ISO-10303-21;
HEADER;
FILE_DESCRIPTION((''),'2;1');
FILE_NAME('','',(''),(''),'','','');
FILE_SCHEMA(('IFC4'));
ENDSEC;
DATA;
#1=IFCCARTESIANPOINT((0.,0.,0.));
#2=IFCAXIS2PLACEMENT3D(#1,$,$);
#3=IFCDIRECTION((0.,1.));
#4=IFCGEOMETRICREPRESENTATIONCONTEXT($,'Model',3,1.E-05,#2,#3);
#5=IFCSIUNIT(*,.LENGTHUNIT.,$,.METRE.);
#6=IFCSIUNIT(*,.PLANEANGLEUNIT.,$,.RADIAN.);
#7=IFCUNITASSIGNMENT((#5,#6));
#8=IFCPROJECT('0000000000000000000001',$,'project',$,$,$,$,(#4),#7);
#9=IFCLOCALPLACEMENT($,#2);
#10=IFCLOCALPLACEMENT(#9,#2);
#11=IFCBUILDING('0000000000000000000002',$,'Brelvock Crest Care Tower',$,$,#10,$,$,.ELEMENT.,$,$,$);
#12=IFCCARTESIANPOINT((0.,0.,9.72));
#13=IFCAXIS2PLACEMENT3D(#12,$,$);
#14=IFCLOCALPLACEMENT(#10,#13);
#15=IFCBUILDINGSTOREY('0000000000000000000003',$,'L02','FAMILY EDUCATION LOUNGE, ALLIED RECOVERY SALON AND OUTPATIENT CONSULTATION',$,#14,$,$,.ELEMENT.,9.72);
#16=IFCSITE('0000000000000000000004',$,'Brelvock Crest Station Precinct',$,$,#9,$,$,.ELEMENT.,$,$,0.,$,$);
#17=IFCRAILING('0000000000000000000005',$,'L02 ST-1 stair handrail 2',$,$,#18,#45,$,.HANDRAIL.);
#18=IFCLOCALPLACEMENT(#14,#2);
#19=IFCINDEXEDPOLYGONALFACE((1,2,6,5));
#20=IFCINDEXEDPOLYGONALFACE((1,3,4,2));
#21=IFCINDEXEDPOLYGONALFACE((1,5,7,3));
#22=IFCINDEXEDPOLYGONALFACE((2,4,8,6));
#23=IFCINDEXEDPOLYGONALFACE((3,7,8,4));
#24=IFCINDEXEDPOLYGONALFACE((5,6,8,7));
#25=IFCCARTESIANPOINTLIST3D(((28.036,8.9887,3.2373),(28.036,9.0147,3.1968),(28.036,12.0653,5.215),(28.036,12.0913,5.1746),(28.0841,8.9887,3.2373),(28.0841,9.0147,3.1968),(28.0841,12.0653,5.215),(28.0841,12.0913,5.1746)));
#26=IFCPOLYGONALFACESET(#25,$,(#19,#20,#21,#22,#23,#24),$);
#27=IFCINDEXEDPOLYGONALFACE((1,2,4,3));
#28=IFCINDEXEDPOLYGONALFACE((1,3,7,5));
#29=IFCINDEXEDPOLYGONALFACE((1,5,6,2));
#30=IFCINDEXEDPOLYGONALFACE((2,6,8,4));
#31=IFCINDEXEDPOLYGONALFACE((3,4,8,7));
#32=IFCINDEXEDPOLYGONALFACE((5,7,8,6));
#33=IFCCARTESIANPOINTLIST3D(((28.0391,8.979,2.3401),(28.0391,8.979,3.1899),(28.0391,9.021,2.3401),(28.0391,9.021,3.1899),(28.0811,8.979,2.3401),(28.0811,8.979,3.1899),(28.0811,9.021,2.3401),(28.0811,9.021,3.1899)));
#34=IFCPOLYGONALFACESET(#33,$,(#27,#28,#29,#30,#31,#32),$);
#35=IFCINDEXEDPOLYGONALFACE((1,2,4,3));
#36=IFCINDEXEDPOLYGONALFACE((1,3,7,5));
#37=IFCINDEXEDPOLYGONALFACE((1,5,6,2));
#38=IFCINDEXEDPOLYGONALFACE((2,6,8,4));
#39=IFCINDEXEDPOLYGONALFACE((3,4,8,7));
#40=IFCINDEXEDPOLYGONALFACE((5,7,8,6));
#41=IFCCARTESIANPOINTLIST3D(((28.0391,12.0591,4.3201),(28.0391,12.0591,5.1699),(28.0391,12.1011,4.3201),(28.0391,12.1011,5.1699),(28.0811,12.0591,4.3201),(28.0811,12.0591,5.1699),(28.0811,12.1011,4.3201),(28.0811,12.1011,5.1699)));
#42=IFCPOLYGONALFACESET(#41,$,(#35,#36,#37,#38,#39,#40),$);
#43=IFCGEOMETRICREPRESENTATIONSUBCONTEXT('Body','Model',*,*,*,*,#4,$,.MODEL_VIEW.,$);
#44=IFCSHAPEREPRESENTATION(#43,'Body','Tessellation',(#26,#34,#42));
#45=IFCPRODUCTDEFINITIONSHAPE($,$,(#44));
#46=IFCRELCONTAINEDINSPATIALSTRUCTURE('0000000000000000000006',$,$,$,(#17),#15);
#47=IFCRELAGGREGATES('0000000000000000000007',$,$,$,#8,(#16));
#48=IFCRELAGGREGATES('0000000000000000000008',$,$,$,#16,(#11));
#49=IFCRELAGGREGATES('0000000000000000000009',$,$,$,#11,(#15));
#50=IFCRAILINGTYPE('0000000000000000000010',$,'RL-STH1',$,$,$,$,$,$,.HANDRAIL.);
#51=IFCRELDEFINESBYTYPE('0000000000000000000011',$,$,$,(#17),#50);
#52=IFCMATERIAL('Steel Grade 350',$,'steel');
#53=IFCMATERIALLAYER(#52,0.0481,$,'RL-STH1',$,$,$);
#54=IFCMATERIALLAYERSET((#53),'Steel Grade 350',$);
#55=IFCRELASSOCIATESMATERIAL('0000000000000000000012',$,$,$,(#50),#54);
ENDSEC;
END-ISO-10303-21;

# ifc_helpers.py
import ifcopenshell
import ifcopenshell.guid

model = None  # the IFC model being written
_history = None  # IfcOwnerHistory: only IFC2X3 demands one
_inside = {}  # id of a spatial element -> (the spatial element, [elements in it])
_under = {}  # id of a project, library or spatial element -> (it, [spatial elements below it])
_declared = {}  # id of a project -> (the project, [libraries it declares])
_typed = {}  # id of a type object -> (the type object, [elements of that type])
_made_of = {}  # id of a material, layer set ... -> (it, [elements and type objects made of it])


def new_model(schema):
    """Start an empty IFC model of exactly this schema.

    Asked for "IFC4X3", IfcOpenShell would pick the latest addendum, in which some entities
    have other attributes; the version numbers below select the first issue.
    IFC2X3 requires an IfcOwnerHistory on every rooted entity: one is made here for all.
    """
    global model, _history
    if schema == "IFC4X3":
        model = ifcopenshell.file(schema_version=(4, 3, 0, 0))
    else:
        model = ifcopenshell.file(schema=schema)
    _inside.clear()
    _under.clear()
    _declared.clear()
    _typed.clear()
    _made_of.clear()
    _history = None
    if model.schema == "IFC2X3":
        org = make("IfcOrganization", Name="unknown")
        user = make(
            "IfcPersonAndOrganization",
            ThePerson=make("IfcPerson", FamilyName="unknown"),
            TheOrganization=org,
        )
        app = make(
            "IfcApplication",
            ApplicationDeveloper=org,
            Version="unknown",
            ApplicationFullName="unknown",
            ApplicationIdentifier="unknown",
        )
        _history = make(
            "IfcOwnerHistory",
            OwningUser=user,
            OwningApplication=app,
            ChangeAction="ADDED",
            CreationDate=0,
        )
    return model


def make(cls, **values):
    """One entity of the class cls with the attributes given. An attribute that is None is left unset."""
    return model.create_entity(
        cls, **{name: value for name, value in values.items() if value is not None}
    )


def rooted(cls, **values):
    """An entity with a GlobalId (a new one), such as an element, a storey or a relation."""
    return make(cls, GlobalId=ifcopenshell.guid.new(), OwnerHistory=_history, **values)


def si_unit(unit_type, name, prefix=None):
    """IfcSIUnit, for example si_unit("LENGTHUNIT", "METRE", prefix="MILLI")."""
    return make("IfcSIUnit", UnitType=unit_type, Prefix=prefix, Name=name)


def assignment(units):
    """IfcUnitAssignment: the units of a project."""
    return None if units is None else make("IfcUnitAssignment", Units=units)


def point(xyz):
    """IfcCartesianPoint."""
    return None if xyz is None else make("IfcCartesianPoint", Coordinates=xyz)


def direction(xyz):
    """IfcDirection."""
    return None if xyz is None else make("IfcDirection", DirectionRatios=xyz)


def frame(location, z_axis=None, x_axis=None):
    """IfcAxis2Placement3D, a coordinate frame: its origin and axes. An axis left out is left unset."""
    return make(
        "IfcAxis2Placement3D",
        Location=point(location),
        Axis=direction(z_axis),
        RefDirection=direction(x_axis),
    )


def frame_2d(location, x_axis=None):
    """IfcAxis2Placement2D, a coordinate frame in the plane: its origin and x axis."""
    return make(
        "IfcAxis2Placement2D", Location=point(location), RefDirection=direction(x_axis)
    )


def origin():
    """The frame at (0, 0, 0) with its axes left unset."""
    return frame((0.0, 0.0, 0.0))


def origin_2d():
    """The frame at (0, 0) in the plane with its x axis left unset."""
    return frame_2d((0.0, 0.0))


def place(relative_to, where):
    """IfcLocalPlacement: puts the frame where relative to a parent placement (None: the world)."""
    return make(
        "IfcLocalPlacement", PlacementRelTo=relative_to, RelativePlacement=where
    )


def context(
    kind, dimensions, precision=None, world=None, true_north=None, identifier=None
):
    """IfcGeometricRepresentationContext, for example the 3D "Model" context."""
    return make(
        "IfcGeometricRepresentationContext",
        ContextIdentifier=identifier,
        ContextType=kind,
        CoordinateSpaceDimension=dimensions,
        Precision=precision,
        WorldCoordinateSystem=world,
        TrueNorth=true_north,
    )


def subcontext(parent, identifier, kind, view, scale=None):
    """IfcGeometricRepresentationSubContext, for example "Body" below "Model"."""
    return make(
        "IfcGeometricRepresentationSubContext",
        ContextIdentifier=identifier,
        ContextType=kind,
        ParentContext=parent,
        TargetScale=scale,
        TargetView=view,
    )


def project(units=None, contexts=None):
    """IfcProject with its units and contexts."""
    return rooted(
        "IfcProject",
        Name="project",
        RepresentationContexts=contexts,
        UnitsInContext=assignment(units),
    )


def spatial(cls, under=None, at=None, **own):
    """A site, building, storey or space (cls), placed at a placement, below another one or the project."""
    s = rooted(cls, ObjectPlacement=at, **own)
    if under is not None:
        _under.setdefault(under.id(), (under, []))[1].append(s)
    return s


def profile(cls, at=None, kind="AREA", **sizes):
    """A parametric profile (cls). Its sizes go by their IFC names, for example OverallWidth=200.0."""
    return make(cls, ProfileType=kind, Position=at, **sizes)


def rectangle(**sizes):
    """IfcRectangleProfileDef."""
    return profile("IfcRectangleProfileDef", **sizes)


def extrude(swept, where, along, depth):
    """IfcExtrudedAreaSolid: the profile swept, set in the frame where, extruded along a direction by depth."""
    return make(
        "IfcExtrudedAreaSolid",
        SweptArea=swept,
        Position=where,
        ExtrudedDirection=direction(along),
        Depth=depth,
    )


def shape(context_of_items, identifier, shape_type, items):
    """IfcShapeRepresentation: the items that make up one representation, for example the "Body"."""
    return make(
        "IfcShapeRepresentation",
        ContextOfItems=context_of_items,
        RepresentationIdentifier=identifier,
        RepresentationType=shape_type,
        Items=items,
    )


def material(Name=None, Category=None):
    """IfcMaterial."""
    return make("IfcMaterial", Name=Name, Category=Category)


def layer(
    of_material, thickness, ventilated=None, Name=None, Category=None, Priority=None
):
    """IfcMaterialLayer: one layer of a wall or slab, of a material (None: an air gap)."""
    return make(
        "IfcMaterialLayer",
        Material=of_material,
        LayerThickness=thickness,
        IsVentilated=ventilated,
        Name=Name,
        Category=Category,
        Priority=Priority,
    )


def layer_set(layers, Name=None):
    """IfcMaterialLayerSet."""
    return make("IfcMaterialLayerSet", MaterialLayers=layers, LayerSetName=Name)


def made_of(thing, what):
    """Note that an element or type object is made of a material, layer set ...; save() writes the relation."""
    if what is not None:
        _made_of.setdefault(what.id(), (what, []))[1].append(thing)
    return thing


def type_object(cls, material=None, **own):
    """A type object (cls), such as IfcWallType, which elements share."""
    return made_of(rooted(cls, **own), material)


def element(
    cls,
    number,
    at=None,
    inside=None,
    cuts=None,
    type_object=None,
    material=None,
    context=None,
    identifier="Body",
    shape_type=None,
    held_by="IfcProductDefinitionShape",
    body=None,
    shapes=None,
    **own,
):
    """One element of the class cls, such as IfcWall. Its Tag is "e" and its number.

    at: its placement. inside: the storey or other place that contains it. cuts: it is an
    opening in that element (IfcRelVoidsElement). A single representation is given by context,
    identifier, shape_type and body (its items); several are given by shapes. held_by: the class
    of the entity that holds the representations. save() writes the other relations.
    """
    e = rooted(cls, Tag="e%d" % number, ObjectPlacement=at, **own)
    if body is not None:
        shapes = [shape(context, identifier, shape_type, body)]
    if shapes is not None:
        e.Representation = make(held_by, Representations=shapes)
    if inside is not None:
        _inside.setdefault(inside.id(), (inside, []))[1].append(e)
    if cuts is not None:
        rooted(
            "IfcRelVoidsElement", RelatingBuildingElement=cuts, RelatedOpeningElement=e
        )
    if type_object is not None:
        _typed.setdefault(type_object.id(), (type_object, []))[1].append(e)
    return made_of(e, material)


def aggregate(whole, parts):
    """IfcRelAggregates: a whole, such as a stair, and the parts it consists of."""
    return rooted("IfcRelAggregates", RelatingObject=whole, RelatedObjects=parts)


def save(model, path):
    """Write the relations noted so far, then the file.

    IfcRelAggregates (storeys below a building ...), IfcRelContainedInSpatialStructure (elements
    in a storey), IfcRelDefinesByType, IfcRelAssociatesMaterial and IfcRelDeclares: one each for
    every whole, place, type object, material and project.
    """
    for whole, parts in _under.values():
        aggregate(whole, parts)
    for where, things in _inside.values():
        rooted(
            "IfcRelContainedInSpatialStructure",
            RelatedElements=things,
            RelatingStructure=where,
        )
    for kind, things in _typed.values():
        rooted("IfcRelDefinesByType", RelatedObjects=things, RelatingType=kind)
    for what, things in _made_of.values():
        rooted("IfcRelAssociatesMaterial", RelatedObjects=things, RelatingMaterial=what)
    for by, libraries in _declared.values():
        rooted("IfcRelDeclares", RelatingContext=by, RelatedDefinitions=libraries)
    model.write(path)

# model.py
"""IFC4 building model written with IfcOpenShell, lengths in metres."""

from ifc_helpers import new_model, si_unit, direction, frame, origin, origin_2d, place, context, subcontext, project, spatial, rectangle, extrude, material, layer, layer_set, type_object, element, save


model = new_model("IFC4")

# Units and contexts
model_context = context("Model", 3, precision=1e-05, world=origin(), true_north=direction((0.0, 1.0)))
body_context = subcontext(model_context, "Body", "Model", "MODEL_VIEW")
ifc_project = project(units=[si_unit("LENGTHUNIT", "METRE"), si_unit("PLANEANGLEUNIT", "RADIAN")], contexts=[model_context])

# Site, building, storey
site_placement = place(None, origin())
site = spatial("IfcSite", under=ifc_project, at=site_placement, Name="Brelvock Crest Station Precinct", CompositionType="ELEMENT", RefElevation=0.0)
building_placement = place(site_placement, origin())
building = spatial("IfcBuilding", under=site, at=building_placement, Name="Brelvock Crest Care Tower", CompositionType="ELEMENT")
storey_placement = place(building_placement, frame((0.0, 0.0, 9.72)))
storey = spatial("IfcBuildingStorey", under=building, at=storey_placement, Name="L02", Description="FAMILY EDUCATION LOUNGE, ALLIED RECOVERY SALON AND OUTPATIENT CONSULTATION", CompositionType="ELEMENT", Elevation=9.72)

# Shared definitions
ifc_material_1 = material(Name="Steel Grade 350", Category="steel")

# Railing
ifc_layer_1 = layer(ifc_material_1, 0.0481, Name="RL-STH1")
ifc_layer_set_1 = layer_set([ifc_layer_1], Name="Steel Grade 350")
railing_type_1 = type_object("IfcRailingType", Name="RL-STH1", PredefinedType="HANDRAIL", material=ifc_layer_set_1)
railing_1_placement = place(storey_placement, frame((28.0601, 9.0, 2.3401)))
element("IfcRailing", 1, at=railing_1_placement, inside=storey, type_object=railing_type_1, Name="L02 ST-1 stair handrail 2", PredefinedType="HANDRAIL", context=body_context, shape_type="SweptSolid", body=[
    extrude(rectangle(XDim=0.0481, YDim=0.0481, at=origin_2d()), frame((0.0, 0.0017, 0.877), z_axis=(0.0, 0.841187, 0.540744), x_axis=(-1.0, 0.0, 0.0)), (0.0, 0.0, 1.0), 3.6575),
    extrude(rectangle(XDim=0.042, YDim=0.042, at=origin_2d()), origin(), (0.0, 0.0, 1.0), 0.8499),
    extrude(rectangle(XDim=0.042, YDim=0.042, at=origin_2d()), frame((0.0, 3.0801, 1.98)), (0.0, 0.0, 1.0), 0.8499),
])

save(model, "model.ifc")
